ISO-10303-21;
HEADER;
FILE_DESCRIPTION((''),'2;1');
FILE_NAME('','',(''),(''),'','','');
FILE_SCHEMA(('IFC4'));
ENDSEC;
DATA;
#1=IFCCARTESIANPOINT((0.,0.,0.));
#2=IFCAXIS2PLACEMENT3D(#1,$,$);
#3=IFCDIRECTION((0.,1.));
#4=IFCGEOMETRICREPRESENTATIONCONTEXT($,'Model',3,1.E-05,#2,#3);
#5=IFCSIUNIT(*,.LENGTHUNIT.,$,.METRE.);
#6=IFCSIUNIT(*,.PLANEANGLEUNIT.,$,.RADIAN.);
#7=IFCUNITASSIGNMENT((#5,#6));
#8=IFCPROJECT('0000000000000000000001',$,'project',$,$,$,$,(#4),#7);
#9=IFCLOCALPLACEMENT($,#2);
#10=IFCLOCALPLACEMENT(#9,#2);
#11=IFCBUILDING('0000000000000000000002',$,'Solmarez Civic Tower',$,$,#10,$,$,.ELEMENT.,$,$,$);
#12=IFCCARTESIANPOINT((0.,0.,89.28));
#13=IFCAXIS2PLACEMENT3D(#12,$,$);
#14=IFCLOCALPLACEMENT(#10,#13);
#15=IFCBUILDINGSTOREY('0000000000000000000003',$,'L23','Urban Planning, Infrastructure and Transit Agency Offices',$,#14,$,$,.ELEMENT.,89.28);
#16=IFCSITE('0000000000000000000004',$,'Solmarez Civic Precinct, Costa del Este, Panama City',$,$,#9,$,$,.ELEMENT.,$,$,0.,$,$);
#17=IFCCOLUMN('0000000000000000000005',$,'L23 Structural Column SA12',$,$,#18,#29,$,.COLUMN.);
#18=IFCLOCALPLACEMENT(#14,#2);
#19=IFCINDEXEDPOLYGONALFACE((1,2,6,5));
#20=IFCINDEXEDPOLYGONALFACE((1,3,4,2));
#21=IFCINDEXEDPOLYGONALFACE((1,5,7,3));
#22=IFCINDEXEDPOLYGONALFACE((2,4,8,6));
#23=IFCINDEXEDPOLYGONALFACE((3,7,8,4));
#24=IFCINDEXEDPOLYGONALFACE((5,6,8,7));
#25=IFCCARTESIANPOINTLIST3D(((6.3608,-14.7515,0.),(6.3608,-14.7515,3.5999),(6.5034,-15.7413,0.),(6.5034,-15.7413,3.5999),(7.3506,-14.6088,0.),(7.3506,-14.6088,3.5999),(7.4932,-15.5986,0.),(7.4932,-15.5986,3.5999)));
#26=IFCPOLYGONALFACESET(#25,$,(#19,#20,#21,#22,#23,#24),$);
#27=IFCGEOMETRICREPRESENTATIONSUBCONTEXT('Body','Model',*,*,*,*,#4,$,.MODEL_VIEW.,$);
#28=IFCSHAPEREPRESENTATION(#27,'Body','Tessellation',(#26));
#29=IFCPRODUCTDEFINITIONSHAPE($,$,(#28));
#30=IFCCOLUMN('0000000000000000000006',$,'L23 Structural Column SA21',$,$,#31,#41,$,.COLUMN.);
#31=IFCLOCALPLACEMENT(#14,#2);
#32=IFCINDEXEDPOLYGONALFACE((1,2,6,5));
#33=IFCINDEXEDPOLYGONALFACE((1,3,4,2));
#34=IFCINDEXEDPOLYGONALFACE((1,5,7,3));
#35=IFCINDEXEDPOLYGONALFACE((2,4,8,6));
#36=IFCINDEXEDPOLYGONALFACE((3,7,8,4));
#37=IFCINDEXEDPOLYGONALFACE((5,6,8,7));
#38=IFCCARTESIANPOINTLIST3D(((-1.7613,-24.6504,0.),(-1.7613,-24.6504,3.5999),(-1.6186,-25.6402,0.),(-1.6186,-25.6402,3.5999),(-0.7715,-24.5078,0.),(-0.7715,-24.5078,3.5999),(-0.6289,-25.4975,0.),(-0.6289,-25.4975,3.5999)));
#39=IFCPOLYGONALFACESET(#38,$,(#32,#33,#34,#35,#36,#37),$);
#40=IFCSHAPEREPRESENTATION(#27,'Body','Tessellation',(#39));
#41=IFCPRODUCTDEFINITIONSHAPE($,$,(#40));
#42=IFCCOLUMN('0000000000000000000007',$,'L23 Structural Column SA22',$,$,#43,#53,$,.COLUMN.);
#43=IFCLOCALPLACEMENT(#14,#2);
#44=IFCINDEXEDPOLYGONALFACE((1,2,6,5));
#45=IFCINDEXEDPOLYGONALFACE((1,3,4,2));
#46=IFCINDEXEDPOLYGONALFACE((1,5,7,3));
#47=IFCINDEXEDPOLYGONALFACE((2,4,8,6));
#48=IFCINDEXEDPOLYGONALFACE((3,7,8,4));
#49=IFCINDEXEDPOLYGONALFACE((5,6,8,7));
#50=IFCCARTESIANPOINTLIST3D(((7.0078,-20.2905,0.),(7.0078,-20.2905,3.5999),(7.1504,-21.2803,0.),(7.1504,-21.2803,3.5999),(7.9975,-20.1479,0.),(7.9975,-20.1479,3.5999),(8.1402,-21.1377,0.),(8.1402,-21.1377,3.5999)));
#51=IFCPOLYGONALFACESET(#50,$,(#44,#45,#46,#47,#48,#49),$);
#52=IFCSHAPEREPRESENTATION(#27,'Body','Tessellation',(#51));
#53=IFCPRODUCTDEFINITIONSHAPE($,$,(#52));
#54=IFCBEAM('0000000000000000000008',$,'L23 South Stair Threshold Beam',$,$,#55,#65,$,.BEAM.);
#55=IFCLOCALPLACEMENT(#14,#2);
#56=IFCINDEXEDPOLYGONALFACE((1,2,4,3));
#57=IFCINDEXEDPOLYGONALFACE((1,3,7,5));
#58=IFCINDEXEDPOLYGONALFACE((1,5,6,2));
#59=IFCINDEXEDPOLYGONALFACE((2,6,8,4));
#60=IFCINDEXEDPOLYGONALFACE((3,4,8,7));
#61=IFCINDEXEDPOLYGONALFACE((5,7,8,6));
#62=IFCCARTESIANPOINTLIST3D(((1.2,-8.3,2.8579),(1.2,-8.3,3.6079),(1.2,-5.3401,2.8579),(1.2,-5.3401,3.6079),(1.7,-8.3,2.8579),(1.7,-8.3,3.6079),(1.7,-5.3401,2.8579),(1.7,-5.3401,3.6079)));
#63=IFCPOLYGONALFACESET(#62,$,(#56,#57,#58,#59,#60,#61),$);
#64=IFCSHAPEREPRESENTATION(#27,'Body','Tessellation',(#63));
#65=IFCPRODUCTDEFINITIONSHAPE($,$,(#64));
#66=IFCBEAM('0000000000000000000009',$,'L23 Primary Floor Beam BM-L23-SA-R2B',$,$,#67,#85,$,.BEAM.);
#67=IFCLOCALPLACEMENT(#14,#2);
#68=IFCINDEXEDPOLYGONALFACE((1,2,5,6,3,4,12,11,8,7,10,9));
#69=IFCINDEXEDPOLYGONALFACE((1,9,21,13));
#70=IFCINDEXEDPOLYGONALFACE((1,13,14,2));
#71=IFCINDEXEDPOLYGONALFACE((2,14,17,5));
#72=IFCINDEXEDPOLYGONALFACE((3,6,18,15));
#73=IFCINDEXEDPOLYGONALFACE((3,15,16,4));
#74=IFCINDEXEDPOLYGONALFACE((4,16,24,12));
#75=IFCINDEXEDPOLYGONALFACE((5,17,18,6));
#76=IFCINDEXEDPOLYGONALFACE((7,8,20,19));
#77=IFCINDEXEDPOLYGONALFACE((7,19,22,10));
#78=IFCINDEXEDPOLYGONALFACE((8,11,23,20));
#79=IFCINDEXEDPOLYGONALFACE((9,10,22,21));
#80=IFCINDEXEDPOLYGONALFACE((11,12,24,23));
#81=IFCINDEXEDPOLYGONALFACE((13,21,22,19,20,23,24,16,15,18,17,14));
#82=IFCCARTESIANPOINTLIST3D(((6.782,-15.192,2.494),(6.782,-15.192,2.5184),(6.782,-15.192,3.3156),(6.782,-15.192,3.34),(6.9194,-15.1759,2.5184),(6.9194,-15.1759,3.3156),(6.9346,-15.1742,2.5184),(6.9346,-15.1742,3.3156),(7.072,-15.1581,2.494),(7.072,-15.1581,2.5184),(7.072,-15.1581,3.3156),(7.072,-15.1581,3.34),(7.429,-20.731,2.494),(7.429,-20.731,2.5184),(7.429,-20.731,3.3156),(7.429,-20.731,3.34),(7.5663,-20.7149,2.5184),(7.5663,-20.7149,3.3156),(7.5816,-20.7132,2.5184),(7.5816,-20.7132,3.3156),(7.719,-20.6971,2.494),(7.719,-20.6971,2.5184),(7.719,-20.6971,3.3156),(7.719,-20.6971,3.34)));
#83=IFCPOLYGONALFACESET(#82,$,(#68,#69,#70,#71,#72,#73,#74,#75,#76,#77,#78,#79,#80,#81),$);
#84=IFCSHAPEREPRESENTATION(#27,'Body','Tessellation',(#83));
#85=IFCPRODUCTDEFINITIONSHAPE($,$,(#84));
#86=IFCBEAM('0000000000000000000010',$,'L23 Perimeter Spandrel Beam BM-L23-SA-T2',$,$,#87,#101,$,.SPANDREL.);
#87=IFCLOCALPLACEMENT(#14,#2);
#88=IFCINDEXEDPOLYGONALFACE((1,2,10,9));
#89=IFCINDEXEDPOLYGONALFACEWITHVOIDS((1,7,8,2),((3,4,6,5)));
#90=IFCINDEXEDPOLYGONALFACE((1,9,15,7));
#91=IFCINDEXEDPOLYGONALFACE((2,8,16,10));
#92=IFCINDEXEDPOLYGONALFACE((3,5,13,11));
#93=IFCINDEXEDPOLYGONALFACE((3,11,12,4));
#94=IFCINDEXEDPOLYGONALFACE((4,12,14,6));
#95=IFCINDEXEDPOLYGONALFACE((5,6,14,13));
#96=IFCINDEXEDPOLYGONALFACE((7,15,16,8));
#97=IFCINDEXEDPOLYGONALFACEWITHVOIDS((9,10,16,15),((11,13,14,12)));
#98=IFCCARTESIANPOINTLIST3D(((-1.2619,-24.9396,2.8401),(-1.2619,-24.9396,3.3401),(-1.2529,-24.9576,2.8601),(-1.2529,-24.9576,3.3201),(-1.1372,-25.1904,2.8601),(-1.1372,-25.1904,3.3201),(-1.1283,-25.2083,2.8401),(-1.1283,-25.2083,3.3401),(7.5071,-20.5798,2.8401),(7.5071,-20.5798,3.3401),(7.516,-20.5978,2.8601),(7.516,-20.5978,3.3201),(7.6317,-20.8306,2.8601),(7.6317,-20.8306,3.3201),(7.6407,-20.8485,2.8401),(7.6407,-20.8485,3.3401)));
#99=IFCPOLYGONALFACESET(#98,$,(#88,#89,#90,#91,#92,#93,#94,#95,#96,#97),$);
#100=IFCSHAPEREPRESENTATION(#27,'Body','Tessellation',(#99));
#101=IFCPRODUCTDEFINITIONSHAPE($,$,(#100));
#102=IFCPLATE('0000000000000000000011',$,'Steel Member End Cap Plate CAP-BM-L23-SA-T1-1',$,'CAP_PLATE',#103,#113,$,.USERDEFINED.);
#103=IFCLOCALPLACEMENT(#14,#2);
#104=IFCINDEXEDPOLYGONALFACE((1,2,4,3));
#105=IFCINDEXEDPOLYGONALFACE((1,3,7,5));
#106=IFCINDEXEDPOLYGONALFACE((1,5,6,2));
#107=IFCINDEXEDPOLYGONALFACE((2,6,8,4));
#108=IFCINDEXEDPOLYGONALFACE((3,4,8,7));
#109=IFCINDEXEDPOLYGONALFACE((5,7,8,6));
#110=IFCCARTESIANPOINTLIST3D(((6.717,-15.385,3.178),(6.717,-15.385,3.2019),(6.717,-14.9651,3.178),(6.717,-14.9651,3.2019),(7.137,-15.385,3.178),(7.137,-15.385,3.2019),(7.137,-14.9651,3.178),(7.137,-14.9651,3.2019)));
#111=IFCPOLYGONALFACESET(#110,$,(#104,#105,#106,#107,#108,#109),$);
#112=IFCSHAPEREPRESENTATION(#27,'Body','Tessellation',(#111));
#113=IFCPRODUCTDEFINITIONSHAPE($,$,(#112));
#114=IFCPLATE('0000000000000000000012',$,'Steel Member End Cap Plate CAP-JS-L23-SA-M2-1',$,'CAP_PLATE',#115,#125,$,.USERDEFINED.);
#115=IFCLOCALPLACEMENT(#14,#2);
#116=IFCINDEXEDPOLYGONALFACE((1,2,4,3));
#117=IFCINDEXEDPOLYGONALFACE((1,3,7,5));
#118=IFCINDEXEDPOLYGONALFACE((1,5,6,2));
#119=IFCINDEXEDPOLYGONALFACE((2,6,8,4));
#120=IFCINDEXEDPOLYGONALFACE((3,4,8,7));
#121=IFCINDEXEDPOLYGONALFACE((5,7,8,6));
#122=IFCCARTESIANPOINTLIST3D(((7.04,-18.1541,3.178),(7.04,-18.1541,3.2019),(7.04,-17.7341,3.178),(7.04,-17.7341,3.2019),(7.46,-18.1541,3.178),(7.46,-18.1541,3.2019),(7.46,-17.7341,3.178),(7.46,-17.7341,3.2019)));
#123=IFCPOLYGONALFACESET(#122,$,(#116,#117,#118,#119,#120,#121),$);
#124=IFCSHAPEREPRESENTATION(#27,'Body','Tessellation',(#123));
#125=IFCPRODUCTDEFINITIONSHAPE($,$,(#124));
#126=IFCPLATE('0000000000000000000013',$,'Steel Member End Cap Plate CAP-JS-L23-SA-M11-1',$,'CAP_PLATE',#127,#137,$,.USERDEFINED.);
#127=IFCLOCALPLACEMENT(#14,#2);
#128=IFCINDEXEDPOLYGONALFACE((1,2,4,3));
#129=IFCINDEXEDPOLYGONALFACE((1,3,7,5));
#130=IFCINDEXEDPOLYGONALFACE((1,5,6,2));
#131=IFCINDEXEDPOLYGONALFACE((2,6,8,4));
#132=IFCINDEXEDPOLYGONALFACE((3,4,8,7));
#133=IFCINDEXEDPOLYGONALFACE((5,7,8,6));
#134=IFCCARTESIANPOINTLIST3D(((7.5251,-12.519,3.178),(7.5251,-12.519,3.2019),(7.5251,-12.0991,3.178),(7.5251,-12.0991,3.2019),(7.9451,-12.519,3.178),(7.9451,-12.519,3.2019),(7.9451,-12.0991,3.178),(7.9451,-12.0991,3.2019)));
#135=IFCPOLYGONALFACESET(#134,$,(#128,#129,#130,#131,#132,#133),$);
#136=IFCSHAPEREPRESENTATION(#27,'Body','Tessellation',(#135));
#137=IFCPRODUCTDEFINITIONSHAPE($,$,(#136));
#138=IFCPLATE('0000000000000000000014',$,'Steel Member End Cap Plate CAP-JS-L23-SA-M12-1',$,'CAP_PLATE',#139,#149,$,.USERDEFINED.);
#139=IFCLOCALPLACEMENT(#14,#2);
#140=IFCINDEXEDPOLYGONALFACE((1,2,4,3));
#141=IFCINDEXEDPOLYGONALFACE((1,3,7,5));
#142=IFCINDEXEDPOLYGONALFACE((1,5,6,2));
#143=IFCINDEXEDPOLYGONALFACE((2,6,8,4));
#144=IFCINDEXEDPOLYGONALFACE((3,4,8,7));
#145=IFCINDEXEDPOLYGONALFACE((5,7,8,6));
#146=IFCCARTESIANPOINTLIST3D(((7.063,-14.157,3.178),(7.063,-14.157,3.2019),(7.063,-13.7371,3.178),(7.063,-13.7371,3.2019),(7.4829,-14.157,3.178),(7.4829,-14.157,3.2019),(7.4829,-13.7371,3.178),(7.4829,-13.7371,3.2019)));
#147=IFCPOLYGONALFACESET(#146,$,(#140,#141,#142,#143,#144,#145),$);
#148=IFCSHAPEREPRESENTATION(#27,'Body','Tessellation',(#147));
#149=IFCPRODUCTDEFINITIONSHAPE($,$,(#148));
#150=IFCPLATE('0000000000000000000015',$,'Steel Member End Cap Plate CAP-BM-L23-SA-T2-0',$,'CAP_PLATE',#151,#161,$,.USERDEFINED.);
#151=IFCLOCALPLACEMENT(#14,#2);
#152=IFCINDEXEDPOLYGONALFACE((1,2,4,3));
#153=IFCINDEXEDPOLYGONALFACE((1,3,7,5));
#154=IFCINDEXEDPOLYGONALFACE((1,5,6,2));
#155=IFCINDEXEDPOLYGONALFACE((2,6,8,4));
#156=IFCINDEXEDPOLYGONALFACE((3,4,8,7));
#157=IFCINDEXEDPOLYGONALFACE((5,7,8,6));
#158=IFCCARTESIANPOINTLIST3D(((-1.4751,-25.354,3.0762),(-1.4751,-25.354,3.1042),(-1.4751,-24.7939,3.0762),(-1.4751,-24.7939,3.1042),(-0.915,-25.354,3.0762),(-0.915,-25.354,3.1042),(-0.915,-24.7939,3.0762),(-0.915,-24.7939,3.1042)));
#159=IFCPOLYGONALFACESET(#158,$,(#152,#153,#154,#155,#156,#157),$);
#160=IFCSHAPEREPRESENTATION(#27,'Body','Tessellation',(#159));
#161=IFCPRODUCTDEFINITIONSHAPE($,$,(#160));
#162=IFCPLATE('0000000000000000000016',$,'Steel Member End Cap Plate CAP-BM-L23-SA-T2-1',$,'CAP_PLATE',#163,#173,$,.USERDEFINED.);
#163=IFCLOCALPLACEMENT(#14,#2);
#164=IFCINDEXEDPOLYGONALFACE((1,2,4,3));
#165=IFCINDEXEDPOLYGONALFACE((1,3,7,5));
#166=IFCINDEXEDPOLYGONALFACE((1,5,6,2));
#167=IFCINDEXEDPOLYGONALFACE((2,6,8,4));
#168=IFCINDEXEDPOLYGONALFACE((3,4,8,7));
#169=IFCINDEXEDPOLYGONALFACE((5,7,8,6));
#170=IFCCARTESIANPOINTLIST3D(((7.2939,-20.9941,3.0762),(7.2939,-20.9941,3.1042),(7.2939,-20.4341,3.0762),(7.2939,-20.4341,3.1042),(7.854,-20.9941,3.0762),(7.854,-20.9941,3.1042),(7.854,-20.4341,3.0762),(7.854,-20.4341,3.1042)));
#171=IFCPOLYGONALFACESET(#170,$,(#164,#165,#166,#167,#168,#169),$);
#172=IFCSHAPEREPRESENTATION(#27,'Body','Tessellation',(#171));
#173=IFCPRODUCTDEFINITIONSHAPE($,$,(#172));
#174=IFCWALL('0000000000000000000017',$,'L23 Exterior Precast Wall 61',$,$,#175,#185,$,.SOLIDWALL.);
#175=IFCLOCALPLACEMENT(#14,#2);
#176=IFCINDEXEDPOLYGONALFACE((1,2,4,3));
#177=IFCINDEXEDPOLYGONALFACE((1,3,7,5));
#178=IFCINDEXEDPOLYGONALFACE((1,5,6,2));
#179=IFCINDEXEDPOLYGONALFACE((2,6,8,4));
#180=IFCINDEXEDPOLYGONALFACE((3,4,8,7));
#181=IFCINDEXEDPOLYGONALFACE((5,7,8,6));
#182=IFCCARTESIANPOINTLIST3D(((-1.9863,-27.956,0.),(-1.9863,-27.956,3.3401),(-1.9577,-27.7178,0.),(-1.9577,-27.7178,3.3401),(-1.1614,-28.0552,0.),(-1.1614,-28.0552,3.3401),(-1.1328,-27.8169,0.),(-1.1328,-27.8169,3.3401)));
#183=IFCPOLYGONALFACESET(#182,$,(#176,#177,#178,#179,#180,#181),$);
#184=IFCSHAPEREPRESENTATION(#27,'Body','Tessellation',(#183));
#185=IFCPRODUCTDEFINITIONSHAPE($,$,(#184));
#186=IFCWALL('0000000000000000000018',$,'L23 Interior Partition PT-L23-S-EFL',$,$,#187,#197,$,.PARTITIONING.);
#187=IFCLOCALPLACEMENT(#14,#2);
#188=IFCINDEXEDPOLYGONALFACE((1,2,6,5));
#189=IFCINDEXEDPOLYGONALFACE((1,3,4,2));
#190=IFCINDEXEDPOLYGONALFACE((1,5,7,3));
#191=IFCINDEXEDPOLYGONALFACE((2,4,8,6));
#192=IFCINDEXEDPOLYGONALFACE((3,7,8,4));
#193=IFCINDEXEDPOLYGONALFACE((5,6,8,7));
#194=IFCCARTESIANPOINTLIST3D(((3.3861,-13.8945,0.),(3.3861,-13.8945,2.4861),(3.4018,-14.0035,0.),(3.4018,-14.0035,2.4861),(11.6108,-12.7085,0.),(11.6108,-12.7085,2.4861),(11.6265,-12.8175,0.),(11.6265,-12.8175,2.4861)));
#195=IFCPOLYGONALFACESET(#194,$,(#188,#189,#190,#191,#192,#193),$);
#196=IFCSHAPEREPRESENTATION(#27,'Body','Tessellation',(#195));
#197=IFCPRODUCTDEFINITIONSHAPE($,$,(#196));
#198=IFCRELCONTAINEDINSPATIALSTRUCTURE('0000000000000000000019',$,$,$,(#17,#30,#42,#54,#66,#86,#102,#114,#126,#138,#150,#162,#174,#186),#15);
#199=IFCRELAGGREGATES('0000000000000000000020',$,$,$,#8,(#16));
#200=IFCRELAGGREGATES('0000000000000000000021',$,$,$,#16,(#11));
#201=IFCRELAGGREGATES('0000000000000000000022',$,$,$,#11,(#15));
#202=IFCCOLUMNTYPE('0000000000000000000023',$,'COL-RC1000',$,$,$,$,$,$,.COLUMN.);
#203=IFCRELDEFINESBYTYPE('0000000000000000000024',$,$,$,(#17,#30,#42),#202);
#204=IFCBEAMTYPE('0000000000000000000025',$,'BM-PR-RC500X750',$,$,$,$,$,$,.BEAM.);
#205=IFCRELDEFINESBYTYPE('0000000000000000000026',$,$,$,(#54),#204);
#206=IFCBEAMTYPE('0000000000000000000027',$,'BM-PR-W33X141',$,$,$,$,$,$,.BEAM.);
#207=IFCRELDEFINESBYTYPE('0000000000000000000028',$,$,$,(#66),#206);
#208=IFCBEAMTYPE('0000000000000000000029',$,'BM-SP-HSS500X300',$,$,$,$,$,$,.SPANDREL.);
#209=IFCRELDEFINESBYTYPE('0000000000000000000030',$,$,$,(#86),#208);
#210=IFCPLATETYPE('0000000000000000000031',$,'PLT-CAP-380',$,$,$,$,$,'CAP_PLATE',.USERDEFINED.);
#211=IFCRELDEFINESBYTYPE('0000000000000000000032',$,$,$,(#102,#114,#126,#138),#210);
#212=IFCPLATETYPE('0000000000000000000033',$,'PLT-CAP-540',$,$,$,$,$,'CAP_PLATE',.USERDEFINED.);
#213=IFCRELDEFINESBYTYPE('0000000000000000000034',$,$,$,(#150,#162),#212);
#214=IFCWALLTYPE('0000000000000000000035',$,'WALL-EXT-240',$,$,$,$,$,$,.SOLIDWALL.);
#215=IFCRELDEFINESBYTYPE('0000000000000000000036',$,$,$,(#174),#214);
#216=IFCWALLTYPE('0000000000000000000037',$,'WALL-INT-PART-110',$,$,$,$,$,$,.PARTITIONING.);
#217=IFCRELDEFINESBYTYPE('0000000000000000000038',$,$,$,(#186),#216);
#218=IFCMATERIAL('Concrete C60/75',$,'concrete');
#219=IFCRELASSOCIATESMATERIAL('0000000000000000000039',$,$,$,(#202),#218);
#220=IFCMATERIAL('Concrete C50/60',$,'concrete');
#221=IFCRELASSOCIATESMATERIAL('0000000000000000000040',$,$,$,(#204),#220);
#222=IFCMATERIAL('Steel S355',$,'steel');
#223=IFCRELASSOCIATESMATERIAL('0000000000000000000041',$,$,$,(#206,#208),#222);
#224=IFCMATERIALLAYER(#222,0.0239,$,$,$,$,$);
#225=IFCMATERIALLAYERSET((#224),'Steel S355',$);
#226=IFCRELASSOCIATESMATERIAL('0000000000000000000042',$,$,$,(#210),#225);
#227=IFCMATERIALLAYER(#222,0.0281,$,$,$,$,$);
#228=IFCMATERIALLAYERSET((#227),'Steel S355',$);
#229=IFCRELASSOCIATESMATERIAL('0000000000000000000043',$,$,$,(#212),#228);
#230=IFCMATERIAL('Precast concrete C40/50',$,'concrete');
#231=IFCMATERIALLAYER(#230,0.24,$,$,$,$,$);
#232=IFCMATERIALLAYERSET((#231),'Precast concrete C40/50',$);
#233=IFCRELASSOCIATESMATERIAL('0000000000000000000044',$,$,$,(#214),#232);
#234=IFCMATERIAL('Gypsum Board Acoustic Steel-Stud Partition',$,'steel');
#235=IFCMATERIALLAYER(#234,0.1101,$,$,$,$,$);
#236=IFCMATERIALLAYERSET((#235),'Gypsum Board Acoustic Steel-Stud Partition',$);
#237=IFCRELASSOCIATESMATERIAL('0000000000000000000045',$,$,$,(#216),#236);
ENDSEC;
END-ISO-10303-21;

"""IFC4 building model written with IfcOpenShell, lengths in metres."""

from ifc_helpers import new_model, si_unit, direction, frame, frame_2d, origin, origin_2d, place, context, subcontext, project, spatial, rectangle, hollow_rectangle, i_section, extrude, material, layer, layer_set, material_profile, profile_set, type_object, element, save


model = new_model("IFC4")

# Units and contexts
model_context = context("Model", 3, precision=1e-05, world=origin(), true_north=direction((0.0, 1.0)))
body_context = subcontext(model_context, "Body", "Model", "MODEL_VIEW")
ifc_project = project(units=[si_unit("LENGTHUNIT", "METRE"), si_unit("PLANEANGLEUNIT", "RADIAN")], contexts=[model_context])

# Site, building, storey
site_placement = place(None, origin())
site = spatial("IfcSite", under=ifc_project, at=site_placement, Name="Solmarez Civic Precinct, Costa del Este, Panama City", CompositionType="ELEMENT", RefElevation=0.0)
building_placement = place(site_placement, origin())
building = spatial("IfcBuilding", under=site, at=building_placement, Name="Solmarez Civic Tower", CompositionType="ELEMENT")
storey_placement = place(building_placement, frame((0.0, 0.0, 89.28)))
storey = spatial("IfcBuildingStorey", under=building, at=storey_placement, Name="L23", Description="Urban Planning, Infrastructure and Transit Agency Offices", CompositionType="ELEMENT", Elevation=89.28)

# Columns
ifc_material_1 = material(Name="Concrete C60/75", Category="concrete")
ifc_material_profile_1 = material_profile(ifc_material_1, rectangle(XDim=1.0, YDim=1.0, at=origin_2d()), Name="RC1000X1000")
ifc_profile_set_1 = profile_set([ifc_material_profile_1], Name="Concrete C60/75")
column_type = type_object("IfcColumnType", Name="COL-RC1000", PredefinedType="COLUMN", material=ifc_profile_set_1)
for number, where, z_axis, x_axis, name in (
    (1, (6.927, -15.175, 0.0), (0.0, 0.0, 1.0), (0.989776, 0.142629, 0.0), "L23 Structural Column SA12"),
    (2, (-1.1951, -25.074, 0.0), (0.0, 0.0, 1.0), (0.989776, 0.142629, 0.0), "L23 Structural Column SA21"),
    (3, (7.574, -20.7141, 0.0), (0.0, 0.0, 1.0), (0.989776, 0.142629, 0.0), "L23 Structural Column SA22"),
):
    element("IfcColumn", number, at=place(storey_placement, frame(where, z_axis=z_axis, x_axis=x_axis)), inside=storey, type_object=column_type, Name=name, PredefinedType="COLUMN", context=body_context, shape_type="SweptSolid", body=[
        extrude(rectangle(XDim=1.0, YDim=1.0, at=origin_2d()), origin(), (0.0, 0.0, 1.0), 3.5999),
    ])

# Beams
ifc_material_2 = material(Name="Concrete C50/60", Category="concrete")
ifc_material_profile_2 = material_profile(ifc_material_2, rectangle(XDim=0.5, YDim=0.75, at=origin_2d()), Name="RC500X750")
ifc_profile_set_2 = profile_set([ifc_material_profile_2], Name="Concrete C50/60")
beam_type_1 = type_object("IfcBeamType", Name="BM-PR-RC500X750", PredefinedType="BEAM", material=ifc_profile_set_2)
beam_1_placement = place(storey_placement, frame((1.45, -8.3, 3.2329), z_axis=(0.0, 1.0, 0.0), x_axis=(-1.0, 0.0, 0.0)))
element("IfcBeam", 4, at=beam_1_placement, inside=storey, type_object=beam_type_1, Name="L23 South Stair Threshold Beam", PredefinedType="BEAM", context=body_context, shape_type="SweptSolid", body=[
    extrude(rectangle(XDim=0.5, YDim=0.75, at=origin_2d()), origin(), (0.0, 0.0, 1.0), 2.96),
])
ifc_material_3 = material(Name="Steel S355", Category="steel")
ifc_material_profile_3 = material_profile(ifc_material_3, i_section(OverallWidth=0.292, OverallDepth=0.8459, WebThickness=0.0154, FlangeThickness=0.0244, at=origin_2d()), Name="W33X141")
ifc_profile_set_3 = profile_set([ifc_material_profile_3], Name="Steel S355")
beam_type_2 = type_object("IfcBeamType", Name="BM-PR-W33X141", PredefinedType="BEAM", material=ifc_profile_set_3)
beam_2_placement = place(storey_placement, frame((6.927, -15.175, 2.917), z_axis=(0.116013, -0.993248, 0.0), x_axis=(0.993248, 0.116013, 0.0)))
element("IfcBeam", 5, at=beam_2_placement, inside=storey, type_object=beam_type_2, Name="L23 Primary Floor Beam BM-L23-SA-R2B", PredefinedType="BEAM", context=body_context, shape_type="SweptSolid", body=[
    extrude(i_section(OverallWidth=0.292, OverallDepth=0.8459, WebThickness=0.0154, FlangeThickness=0.0244, at=origin_2d()), origin(), (0.0, 0.0, 1.0), 5.5767),
])
ifc_material_profile_4 = material_profile(ifc_material_3, hollow_rectangle(XDim=0.3, YDim=0.5, WallThickness=0.02, at=origin_2d()), Name="HSS500X300X20")
ifc_profile_set_4 = profile_set([ifc_material_profile_4], Name="Steel S355")
beam_type_3 = type_object("IfcBeamType", Name="BM-SP-HSS500X300", PredefinedType="SPANDREL", material=ifc_profile_set_4)
beam_3_placement = place(storey_placement, frame((-1.1951, -25.074, 3.0901), z_axis=(0.895432, 0.445198, 0.0), x_axis=(-0.445198, 0.895432, 0.0)))
element("IfcBeam", 6, at=beam_3_placement, inside=storey, type_object=beam_type_3, Name="L23 Perimeter Spandrel Beam BM-L23-SA-T2", PredefinedType="SPANDREL", context=body_context, shape_type="SweptSolid", body=[
    extrude(hollow_rectangle(XDim=0.3, YDim=0.5, WallThickness=0.02, at=origin_2d()), origin(), (0.0, 0.0, 1.0), 9.793),
])

# Plates
ifc_layer_1 = layer(ifc_material_3, 0.0239)
ifc_layer_set_1 = layer_set([ifc_layer_1], Name="Steel S355")
plate_type_1 = type_object("IfcPlateType", Name="PLT-CAP-380", ElementType="CAP_PLATE", PredefinedType="USERDEFINED", material=ifc_layer_set_1)
for number, where, z_axis, x_axis, name in (
    (7, (6.927, -15.175, 3.178), (0.0, 0.0, 1.0), (1.0, 0.0, 0.0), "Steel Member End Cap Plate CAP-BM-L23-SA-T1-1"),
    (8, (7.25, -17.9441, 3.178), (0.0, 0.0, 1.0), (1.0, 0.0, 0.0), "Steel Member End Cap Plate CAP-JS-L23-SA-M2-1"),
    (9, (7.7351, -12.3091, 3.178), (0.0, 0.0, 1.0), (1.0, 0.0, 0.0), "Steel Member End Cap Plate CAP-JS-L23-SA-M11-1"),
    (10, (7.2729, -13.947, 3.178), (0.0, 0.0, 1.0), (1.0, 0.0, 0.0), "Steel Member End Cap Plate CAP-JS-L23-SA-M12-1"),
):
    element("IfcPlate", number, at=place(storey_placement, frame(where, z_axis=z_axis, x_axis=x_axis)), inside=storey, type_object=plate_type_1, Name=name, ObjectType="CAP_PLATE", PredefinedType="USERDEFINED", context=body_context, shape_type="SweptSolid", body=[
        extrude(rectangle(XDim=0.4199, YDim=0.4199, at=origin_2d()), origin(), (0.0, 0.0, 1.0), 0.0239),
    ])
ifc_layer_2 = layer(ifc_material_3, 0.0281)
ifc_layer_set_2 = layer_set([ifc_layer_2], Name="Steel S355")
plate_type_2 = type_object("IfcPlateType", Name="PLT-CAP-540", ElementType="CAP_PLATE", PredefinedType="USERDEFINED", material=ifc_layer_set_2)
for number, where, z_axis, x_axis, name in (
    (11, (-1.1951, -25.074, 3.0762), (0.0, 0.0, 1.0), (1.0, 0.0, 0.0), "Steel Member End Cap Plate CAP-BM-L23-SA-T2-0"),
    (12, (7.574, -20.7141, 3.0762), (0.0, 0.0, 1.0), (1.0, 0.0, 0.0), "Steel Member End Cap Plate CAP-BM-L23-SA-T2-1"),
):
    element("IfcPlate", number, at=place(storey_placement, frame(where, z_axis=z_axis, x_axis=x_axis)), inside=storey, type_object=plate_type_2, Name=name, ObjectType="CAP_PLATE", PredefinedType="USERDEFINED", context=body_context, shape_type="SweptSolid", body=[
        extrude(rectangle(XDim=0.5601, YDim=0.5601, at=origin_2d()), origin(), (0.0, 0.0, 1.0), 0.0281),
    ])

# Walls
ifc_material_4 = material(Name="Precast concrete C40/50", Category="concrete")
ifc_layer_3 = layer(ifc_material_4, 0.24)
ifc_layer_set_3 = layer_set([ifc_layer_3], Name="Precast concrete C40/50")
wall_type_1 = type_object("IfcWallType", Name="WALL-EXT-240", PredefinedType="SOLIDWALL", material=ifc_layer_set_3)
wall_1_placement = place(storey_placement, frame((-1.147, -27.936, 0.0), z_axis=(0.0, 0.0, 1.0), x_axis=(-0.992859, 0.119296, 0.0)))
element("IfcWall", 13, at=wall_1_placement, inside=storey, type_object=wall_type_1, Name="L23 Exterior Precast Wall 61", PredefinedType="SOLIDWALL", context=body_context, shape_type="SweptSolid", body=[
    extrude(rectangle(XDim=0.8308, YDim=0.24, at=frame_2d((0.4155, 0.0))), origin(), (0.0, 0.0, 1.0), 3.3401),
])
ifc_material_5 = material(Name="Gypsum Board Acoustic Steel-Stud Partition", Category="steel")
ifc_layer_4 = layer(ifc_material_5, 0.1101)
ifc_layer_set_4 = layer_set([ifc_layer_4], Name="Gypsum Board Acoustic Steel-Stud Partition")
wall_type_2 = type_object("IfcWallType", Name="WALL-INT-PART-110", PredefinedType="PARTITIONING", material=ifc_layer_set_4)
wall_2_placement = place(storey_placement, frame((3.394, -13.949, 0.0), z_axis=(0.0, 0.0, 1.0), x_axis=(0.989762, 0.142725, 0.0)))
element("IfcWall", 14, at=wall_2_placement, inside=storey, type_object=wall_type_2, Name="L23 Interior Partition PT-L23-S-EFL", PredefinedType="PARTITIONING", context=body_context, shape_type="SweptSolid", body=[
    extrude(rectangle(XDim=8.3098, YDim=0.1101, at=frame_2d((4.1548, 0.0))), origin(), (0.0, 0.0, 1.0), 2.4861),
])

save(model, "model.ifc")
